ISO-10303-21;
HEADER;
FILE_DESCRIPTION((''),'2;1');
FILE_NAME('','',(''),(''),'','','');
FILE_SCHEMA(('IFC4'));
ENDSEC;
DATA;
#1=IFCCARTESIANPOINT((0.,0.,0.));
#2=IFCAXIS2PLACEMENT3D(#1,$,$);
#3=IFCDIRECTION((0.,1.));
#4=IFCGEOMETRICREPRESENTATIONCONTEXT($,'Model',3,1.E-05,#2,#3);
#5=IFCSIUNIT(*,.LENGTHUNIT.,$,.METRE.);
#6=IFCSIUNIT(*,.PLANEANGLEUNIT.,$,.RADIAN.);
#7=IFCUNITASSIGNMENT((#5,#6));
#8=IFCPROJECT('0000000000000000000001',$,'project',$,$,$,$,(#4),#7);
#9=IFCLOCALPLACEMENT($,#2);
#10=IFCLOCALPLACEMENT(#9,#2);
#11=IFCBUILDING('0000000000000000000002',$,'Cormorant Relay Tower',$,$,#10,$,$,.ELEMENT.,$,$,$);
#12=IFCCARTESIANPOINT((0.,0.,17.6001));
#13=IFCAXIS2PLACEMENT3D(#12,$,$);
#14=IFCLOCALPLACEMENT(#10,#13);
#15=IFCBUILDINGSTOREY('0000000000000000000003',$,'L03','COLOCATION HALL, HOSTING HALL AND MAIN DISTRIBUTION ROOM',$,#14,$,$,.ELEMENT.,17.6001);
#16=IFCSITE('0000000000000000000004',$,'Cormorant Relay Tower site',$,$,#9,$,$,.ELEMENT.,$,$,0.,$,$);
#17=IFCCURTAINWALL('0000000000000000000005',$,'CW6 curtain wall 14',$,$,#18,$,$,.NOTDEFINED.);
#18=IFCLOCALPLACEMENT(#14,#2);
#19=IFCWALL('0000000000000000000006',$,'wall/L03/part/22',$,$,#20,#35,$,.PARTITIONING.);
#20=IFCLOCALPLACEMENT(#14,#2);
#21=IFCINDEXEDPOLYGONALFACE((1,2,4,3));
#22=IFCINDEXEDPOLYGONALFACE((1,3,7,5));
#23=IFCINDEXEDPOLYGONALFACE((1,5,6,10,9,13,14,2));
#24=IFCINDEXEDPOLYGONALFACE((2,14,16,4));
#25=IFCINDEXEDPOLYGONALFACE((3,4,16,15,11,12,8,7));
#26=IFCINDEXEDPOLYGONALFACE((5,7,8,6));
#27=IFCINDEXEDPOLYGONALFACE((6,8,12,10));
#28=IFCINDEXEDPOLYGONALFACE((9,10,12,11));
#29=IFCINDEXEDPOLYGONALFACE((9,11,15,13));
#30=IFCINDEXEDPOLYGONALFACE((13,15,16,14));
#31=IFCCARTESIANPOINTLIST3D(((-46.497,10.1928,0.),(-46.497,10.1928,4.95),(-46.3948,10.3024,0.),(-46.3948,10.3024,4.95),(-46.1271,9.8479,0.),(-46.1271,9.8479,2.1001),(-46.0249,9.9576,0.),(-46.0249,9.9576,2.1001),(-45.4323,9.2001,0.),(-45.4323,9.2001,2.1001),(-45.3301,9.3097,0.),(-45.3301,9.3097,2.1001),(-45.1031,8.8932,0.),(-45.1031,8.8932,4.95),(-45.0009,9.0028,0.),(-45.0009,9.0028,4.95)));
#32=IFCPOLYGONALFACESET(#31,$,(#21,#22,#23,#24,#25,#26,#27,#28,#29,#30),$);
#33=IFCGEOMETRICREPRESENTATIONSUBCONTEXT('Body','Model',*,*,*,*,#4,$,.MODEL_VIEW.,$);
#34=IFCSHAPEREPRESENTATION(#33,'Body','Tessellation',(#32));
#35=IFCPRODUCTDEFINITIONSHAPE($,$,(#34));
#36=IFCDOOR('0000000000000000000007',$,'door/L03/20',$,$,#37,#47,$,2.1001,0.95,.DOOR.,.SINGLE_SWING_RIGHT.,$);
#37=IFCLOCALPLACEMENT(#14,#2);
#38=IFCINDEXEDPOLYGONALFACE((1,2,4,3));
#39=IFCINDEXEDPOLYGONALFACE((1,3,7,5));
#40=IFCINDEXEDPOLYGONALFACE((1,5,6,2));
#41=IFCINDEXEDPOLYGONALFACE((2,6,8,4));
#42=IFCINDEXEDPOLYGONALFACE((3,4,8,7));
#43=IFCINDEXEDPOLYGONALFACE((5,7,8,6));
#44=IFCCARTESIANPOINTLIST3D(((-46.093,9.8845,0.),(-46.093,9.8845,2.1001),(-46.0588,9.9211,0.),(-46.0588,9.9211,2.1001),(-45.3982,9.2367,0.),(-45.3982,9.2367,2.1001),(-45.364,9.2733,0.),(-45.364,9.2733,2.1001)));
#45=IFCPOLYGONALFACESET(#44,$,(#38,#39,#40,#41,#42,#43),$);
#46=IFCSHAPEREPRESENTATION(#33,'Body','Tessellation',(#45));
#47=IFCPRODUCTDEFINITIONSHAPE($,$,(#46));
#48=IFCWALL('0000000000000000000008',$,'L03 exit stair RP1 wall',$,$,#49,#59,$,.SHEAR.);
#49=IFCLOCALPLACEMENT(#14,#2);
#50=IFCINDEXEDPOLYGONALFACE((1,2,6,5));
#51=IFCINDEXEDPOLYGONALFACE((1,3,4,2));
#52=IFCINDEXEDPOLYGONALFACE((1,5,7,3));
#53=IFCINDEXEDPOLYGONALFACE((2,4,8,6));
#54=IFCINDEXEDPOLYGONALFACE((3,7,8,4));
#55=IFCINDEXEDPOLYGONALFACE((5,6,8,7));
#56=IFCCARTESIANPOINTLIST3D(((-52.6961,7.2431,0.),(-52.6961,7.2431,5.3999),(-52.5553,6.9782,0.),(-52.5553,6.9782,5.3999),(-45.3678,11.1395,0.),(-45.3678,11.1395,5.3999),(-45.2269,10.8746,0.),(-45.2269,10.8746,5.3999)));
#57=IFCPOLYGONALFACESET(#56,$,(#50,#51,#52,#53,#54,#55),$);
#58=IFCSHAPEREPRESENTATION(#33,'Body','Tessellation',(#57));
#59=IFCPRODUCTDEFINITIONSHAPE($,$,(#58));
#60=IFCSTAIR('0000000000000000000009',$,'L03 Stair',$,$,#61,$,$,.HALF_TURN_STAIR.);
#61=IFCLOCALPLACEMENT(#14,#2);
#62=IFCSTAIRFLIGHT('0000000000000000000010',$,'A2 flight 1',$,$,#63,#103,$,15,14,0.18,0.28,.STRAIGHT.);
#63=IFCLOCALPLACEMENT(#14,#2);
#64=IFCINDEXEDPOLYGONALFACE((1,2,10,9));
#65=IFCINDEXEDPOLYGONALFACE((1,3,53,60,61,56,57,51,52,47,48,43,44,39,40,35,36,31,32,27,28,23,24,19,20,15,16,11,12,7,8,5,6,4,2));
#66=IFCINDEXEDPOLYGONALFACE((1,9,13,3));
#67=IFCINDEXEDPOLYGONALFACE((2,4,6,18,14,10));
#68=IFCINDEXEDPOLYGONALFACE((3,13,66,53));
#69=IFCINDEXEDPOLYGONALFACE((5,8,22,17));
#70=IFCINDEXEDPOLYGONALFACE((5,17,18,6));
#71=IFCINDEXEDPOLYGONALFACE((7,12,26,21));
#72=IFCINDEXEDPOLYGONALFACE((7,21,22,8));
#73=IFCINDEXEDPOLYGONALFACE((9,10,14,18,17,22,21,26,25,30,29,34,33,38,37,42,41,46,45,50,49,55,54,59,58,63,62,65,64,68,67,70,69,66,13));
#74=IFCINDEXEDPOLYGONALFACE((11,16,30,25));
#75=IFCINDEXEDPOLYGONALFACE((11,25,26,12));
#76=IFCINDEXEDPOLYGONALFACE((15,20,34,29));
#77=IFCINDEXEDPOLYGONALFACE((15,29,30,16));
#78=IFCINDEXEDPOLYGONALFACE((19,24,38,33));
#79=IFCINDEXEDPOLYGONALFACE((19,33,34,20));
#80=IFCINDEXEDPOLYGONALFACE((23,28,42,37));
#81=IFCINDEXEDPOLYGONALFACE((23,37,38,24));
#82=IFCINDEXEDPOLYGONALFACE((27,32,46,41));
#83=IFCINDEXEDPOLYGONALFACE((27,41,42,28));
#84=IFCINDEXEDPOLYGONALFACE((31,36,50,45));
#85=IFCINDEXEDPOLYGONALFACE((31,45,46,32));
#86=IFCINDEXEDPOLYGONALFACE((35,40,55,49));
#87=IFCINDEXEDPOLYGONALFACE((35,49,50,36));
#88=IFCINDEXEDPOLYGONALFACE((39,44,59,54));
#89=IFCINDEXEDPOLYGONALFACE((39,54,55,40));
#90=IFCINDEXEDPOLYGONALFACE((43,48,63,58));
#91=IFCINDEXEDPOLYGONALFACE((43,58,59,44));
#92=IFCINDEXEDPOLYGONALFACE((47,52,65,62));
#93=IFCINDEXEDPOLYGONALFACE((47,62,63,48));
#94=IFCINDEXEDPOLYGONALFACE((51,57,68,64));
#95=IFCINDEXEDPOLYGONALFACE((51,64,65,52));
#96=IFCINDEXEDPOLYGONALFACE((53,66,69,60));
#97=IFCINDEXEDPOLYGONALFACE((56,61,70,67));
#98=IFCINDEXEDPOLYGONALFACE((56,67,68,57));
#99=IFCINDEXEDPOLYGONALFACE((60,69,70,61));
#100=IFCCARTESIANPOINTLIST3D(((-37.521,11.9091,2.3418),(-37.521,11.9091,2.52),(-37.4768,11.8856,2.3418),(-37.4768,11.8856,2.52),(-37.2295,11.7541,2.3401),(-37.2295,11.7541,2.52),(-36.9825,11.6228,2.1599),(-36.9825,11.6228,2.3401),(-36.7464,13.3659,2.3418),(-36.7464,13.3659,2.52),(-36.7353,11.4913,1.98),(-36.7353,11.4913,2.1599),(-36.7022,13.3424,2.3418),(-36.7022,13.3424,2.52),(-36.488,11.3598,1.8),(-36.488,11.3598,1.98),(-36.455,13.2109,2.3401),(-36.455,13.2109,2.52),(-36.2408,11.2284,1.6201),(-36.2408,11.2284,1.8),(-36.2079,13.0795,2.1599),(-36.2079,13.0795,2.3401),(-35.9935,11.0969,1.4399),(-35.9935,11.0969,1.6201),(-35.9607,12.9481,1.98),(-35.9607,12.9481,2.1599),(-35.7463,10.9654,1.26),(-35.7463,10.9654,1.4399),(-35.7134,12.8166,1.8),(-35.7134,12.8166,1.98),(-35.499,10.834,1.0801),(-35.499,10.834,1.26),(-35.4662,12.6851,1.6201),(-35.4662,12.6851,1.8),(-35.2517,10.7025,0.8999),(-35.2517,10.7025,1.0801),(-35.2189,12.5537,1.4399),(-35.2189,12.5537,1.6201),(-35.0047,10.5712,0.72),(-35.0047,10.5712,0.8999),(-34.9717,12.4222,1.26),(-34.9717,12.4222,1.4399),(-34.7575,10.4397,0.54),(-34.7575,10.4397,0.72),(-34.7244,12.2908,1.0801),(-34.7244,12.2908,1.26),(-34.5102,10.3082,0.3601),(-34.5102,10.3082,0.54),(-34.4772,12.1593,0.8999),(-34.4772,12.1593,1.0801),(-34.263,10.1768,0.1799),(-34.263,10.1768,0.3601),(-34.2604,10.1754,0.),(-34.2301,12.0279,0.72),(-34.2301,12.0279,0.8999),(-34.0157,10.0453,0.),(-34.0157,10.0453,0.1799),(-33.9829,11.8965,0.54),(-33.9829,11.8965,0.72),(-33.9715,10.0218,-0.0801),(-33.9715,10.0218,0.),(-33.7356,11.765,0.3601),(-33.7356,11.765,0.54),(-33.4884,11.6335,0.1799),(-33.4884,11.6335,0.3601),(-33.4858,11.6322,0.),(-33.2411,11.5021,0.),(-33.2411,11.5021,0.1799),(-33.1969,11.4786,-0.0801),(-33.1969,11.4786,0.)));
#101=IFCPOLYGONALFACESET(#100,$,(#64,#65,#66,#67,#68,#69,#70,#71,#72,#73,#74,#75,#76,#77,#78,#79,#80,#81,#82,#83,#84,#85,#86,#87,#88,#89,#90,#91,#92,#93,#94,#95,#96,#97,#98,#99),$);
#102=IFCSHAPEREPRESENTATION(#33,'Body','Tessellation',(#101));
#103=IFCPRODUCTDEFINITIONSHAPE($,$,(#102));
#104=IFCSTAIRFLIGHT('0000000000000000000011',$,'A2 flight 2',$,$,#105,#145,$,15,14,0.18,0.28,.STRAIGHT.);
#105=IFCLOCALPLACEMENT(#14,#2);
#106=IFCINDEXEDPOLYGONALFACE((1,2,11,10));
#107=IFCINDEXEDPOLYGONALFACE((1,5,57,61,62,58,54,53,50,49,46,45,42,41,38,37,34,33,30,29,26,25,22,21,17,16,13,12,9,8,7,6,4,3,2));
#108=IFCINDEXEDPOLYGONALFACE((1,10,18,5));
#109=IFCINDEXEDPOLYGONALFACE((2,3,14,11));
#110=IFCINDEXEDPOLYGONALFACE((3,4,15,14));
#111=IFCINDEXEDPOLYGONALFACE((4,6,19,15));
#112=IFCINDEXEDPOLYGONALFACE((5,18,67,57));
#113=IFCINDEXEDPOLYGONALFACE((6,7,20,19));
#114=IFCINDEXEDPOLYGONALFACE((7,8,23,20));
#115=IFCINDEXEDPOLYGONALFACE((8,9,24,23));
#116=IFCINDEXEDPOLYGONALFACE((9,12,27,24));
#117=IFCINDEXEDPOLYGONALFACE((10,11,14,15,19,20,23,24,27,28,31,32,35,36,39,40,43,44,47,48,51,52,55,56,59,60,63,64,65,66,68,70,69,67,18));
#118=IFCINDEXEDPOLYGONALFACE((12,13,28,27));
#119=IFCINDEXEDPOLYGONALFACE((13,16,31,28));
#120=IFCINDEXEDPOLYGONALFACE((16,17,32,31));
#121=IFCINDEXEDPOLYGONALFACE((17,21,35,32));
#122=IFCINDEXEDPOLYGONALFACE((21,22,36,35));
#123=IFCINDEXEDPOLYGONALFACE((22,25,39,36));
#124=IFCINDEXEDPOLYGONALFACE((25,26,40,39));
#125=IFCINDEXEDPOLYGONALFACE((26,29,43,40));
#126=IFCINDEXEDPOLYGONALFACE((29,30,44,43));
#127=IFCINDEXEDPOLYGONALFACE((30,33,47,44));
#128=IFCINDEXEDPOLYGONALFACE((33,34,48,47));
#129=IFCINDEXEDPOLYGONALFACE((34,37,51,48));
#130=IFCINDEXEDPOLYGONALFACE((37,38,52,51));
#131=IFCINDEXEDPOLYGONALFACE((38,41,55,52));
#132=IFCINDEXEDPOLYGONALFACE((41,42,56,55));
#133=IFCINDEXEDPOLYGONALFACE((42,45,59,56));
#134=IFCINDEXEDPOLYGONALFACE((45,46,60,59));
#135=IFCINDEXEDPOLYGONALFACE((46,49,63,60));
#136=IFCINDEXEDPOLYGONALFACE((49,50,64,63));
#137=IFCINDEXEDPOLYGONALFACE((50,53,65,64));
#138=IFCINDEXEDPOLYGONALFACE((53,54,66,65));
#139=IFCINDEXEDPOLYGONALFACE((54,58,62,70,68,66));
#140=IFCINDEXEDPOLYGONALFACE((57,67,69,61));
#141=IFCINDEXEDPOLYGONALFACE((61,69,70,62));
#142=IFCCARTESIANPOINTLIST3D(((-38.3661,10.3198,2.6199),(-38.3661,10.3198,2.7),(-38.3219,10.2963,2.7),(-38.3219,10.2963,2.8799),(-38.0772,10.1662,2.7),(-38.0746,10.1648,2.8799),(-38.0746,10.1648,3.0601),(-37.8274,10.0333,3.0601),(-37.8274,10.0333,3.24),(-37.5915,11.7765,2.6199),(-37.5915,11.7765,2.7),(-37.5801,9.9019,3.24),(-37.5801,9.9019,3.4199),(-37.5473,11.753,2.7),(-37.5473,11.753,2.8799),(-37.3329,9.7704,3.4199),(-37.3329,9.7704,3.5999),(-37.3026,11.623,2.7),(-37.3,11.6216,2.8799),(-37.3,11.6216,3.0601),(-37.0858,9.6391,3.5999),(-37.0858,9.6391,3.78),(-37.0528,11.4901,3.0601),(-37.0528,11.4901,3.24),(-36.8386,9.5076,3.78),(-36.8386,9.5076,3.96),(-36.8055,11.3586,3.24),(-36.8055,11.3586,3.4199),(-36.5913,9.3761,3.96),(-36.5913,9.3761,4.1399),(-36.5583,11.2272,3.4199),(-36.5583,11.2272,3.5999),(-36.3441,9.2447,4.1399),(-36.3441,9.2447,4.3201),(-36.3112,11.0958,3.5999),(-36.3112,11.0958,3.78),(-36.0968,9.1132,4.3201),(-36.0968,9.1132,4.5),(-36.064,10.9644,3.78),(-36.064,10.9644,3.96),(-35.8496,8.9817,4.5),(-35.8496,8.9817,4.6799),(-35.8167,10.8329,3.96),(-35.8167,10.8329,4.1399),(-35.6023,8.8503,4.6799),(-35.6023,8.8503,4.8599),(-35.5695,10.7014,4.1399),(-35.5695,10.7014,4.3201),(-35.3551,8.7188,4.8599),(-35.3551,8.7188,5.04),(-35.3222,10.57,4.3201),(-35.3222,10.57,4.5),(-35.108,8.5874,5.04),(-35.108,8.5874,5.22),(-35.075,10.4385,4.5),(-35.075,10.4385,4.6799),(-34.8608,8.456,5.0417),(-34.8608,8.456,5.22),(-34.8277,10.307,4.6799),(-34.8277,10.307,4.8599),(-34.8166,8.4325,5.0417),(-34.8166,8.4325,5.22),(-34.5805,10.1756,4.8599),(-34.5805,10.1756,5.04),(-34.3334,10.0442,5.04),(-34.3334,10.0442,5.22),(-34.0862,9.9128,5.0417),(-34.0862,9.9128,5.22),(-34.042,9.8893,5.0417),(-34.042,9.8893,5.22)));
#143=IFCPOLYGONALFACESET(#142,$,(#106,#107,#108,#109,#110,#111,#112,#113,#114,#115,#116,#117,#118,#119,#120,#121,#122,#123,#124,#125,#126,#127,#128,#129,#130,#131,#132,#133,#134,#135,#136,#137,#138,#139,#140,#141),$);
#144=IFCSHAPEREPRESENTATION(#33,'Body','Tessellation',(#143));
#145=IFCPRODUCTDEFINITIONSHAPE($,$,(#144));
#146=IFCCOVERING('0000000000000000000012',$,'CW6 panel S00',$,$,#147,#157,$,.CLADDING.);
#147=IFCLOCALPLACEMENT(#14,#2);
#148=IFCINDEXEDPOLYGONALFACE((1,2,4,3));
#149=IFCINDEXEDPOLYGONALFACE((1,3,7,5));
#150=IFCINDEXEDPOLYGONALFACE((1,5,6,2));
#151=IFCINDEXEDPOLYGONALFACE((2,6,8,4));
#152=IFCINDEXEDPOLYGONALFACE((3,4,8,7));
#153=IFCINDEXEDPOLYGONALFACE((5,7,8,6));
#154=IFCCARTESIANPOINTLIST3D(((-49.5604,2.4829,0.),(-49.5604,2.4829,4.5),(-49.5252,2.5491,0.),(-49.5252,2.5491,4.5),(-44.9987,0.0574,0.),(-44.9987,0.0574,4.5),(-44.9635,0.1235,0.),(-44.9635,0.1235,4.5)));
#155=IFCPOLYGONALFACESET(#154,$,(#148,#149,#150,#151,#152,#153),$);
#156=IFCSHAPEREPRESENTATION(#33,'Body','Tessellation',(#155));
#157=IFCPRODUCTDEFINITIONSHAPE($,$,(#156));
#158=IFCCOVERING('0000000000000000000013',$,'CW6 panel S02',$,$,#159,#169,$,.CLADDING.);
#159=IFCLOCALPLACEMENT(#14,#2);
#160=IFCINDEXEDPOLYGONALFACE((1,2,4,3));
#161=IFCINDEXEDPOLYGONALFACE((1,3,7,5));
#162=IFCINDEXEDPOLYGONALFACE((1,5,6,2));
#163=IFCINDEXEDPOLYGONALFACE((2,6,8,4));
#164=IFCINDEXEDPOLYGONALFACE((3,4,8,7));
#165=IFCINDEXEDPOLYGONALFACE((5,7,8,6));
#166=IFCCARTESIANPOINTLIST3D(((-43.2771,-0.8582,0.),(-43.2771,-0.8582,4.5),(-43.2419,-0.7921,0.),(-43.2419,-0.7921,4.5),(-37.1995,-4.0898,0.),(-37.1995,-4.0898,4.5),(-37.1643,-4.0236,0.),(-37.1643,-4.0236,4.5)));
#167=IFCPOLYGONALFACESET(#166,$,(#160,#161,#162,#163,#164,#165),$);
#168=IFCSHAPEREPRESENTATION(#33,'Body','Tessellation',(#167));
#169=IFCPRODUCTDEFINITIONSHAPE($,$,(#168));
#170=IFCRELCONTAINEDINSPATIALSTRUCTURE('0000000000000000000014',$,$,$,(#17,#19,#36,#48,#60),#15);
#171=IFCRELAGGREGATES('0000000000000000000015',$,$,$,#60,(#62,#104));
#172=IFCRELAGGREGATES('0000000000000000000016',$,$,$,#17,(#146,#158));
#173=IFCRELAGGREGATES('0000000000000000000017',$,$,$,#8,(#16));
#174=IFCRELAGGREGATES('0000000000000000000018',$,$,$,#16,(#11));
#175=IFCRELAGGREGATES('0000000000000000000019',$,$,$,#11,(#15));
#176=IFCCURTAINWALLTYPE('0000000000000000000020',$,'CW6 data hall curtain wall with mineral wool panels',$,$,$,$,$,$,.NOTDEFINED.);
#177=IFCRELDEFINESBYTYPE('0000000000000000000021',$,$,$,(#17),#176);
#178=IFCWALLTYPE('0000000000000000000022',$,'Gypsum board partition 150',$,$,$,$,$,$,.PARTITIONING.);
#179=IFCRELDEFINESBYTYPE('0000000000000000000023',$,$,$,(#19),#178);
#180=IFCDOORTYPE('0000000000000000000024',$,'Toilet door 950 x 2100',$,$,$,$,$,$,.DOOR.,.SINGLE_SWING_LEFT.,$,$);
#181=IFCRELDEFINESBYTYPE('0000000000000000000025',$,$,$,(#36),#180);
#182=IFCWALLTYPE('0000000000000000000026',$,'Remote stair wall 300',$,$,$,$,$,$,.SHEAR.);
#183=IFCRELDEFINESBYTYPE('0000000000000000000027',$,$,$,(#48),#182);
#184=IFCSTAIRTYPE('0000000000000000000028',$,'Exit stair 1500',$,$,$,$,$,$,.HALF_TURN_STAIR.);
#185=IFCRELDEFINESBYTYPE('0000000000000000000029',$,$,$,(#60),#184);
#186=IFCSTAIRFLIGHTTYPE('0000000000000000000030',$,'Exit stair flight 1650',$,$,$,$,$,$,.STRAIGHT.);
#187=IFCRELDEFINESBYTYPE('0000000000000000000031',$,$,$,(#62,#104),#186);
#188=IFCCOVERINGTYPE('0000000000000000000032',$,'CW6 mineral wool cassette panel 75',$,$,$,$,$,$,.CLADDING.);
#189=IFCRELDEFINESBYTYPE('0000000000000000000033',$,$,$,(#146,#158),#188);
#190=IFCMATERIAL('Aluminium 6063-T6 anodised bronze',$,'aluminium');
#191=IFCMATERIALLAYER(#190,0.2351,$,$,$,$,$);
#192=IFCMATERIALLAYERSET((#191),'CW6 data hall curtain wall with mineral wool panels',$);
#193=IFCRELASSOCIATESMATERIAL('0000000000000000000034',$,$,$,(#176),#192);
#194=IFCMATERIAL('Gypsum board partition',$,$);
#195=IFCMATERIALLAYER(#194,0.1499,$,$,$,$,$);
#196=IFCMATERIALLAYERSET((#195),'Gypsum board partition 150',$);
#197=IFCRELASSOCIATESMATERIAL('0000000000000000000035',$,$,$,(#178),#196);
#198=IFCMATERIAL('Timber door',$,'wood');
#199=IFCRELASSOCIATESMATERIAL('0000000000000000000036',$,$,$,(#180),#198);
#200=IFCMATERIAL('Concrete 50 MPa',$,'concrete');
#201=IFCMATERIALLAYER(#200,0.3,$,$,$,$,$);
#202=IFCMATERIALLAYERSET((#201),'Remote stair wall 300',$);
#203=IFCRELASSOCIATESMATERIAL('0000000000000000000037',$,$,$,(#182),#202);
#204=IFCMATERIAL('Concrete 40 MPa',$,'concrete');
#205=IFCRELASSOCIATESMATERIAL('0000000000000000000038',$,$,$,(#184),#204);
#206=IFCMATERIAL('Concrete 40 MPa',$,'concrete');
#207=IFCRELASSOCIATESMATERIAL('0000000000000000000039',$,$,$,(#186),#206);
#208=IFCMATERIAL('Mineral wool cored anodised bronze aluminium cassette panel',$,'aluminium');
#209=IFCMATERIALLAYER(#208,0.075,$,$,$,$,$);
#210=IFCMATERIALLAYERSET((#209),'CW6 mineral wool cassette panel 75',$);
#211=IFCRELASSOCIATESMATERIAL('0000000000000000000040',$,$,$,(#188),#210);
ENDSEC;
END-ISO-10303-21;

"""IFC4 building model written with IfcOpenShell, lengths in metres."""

from ifc_helpers import new_model, si_unit, direction, frame, frame_2d, origin, origin_2d, place, context, subcontext, project, spatial, polyline, rectangle, outline, extrude, material, layer, layer_set, type_object, element, fill, aggregate, save


model = new_model("IFC4")

# Units and contexts
model_context = context("Model", 3, precision=1e-05, world=origin(), true_north=direction((0.0, 1.0)))
body_context = subcontext(model_context, "Body", "Model", "MODEL_VIEW")
ifc_project = project(units=[si_unit("LENGTHUNIT", "METRE"), si_unit("PLANEANGLEUNIT", "RADIAN")], contexts=[model_context])

# Site, building, storey
site_placement = place(None, origin())
site = spatial("IfcSite", under=ifc_project, at=site_placement, Name="Cormorant Relay Tower site", CompositionType="ELEMENT", RefElevation=0.0)
building_placement = place(site_placement, origin())
building = spatial("IfcBuilding", under=site, at=building_placement, Name="Cormorant Relay Tower", CompositionType="ELEMENT")
storey_placement = place(building_placement, frame((0.0, 0.0, 17.6001)))
storey = spatial("IfcBuildingStorey", under=building, at=storey_placement, Name="L03", Description="COLOCATION HALL, HOSTING HALL AND MAIN DISTRIBUTION ROOM", CompositionType="ELEMENT", Elevation=17.6001)

# Curtain wall
ifc_material_1 = material(Name="Aluminium 6063-T6 anodised bronze", Category="aluminium")
ifc_layer_1 = layer(ifc_material_1, 0.2351)
ifc_layer_set_1 = layer_set([ifc_layer_1], Name="CW6 data hall curtain wall with mineral wool panels")
curtain_wall_type = type_object("IfcCurtainWallType", Name="CW6 data hall curtain wall with mineral wool panels", PredefinedType="NOTDEFINED", material=ifc_layer_set_1)
curtain_wall_placement = place(storey_placement, origin())
curtain_wall = element("IfcCurtainWall", 1, at=curtain_wall_placement, inside=storey, type_object=curtain_wall_type, Name="CW6 curtain wall 14", PredefinedType="NOTDEFINED")

# Shared definitions
ifc_material_2 = material(Name="Gypsum board partition")
ifc_layer_2 = layer(ifc_material_2, 0.1499)
ifc_layer_set_2 = layer_set([ifc_layer_2], Name="Gypsum board partition 150")
wall_type_1 = type_object("IfcWallType", Name="Gypsum board partition 150", PredefinedType="PARTITIONING", material=ifc_layer_set_2)

# Wall, opening, door
wall_1_placement = place(storey_placement, frame((-45.052, 8.948, 0.0), z_axis=(0.0, 0.0, 1.0), x_axis=(-0.7314, 0.681948, 0.0)))
wall_1 = element("IfcWall", 2, at=wall_1_placement, inside=storey, type_object=wall_type_1, Name="wall/L03/part/22", PredefinedType="PARTITIONING", context=body_context, shape_type="SweptSolid", body=[
    extrude(rectangle(XDim=1.9058, YDim=0.1499, at=frame_2d((0.9529, 0.0))), origin(), (0.0, 0.0, 1.0), 4.95),
])
opening_1_placement = place(wall_1_placement, frame((0.45, 0.0, 0.0)))
opening_1 = element("IfcOpeningElement", 3, at=opening_1_placement, cuts=wall_1, PredefinedType="OPENING", context=body_context, shape_type="SweptSolid", body=[
    extrude(rectangle(XDim=0.95, YDim=2.1001, at=frame_2d((0.4751, 1.05))), frame((0.0, 0.085, 0.0), z_axis=(0.0, -1.0, 0.0), x_axis=(1.0, 0.0, 0.0)), (0.0, 0.0, 1.0), 0.1699),
])
ifc_material_3 = material(Name="Timber door", Category="wood")
door_type_1 = type_object("IfcDoorType", Name="Toilet door 950 x 2100", OperationType="SINGLE_SWING_LEFT", PredefinedType="DOOR", material=ifc_material_3)
door_1_placement = place(opening_1_placement, origin())
door_1 = element("IfcDoor", 4, at=door_1_placement, inside=storey, type_object=door_type_1, Name="door/L03/20", OperationType="SINGLE_SWING_RIGHT", OverallHeight=2.1001, OverallWidth=0.95, PredefinedType="DOOR", context=body_context, shape_type="SweptSolid", body=[
    extrude(rectangle(XDim=0.95, YDim=2.1001, at=frame_2d((0.4751, 1.05))), frame((0.0, 0.0249, 0.0), z_axis=(0.0, -1.0, 0.0), x_axis=(1.0, 0.0, 0.0)), (0.0, 0.0, 1.0), 0.05),
])
fill(opening_1, door_1)

# Wall
ifc_material_4 = material(Name="Concrete 50 MPa", Category="concrete")
ifc_layer_3 = layer(ifc_material_4, 0.3)
ifc_layer_set_3 = layer_set([ifc_layer_3], Name="Remote stair wall 300")
wall_type_2 = type_object("IfcWallType", Name="Remote stair wall 300", PredefinedType="SHEAR", material=ifc_layer_set_3)
wall_2_placement = place(storey_placement, frame((-45.2974, 11.0071, 0.0), z_axis=(0.0, 0.0, 1.0), x_axis=(-0.882952, -0.469464, 0.0)))
element("IfcWall", 5, at=wall_2_placement, inside=storey, type_object=wall_type_2, Name="L03 exit stair RP1 wall", PredefinedType="SHEAR", context=body_context, shape_type="SweptSolid", body=[
    extrude(rectangle(XDim=8.2998, YDim=0.3, at=frame_2d((4.1499, 0.0))), origin(), (0.0, 0.0, 1.0), 5.3999),
])

# Stair, stair flights
ifc_material_5 = material(Name="Concrete 40 MPa", Category="concrete")
stair_type = type_object("IfcStairType", Name="Exit stair 1500", PredefinedType="HALF_TURN_STAIR", material=ifc_material_5)
stair_placement = place(storey_placement, origin())
stair = element("IfcStair", 6, at=stair_placement, inside=storey, type_object=stair_type, Name="L03 Stair", PredefinedType="HALF_TURN_STAIR")
ifc_material_6 = material(Name="Concrete 40 MPa", Category="concrete")
stair_flight_type = type_object("IfcStairFlightType", Name="Exit stair flight 1650", PredefinedType="STRAIGHT", material=ifc_material_6)
stair_flight_1_placement = place(storey_placement, frame((-33.6284, 10.7737, 0.0), z_axis=(0.0, 0.0, 1.0), x_axis=(-0.882948, 0.469472, 0.0)))
stair_flight_1 = element("IfcStairFlight", 7, at=stair_flight_1_placement, type_object=stair_flight_type, Name="A2 flight 1", NumberOfRisers=15, NumberOfTreads=14, PredefinedType="STRAIGHT", RiserHeight=0.18, TreadLength=0.28, context=body_context, shape_type="SweptSolid", body=[
    extrude(outline(polyline([(-0.05, -0.0801), (-0.05, 0.0), (0.0, 0.0), (0.0, 0.1799), (0.28, 0.1799), (0.28, 0.3601), (0.5601, 0.3601), (0.5601, 0.54), (0.8401, 0.54), (0.8401, 0.72), (1.1201, 0.72), (1.1201, 0.8999), (1.3999, 0.8999), (1.3999, 1.0801), (1.6799, 1.0801), (1.6799, 1.26), (1.96, 1.26), (1.96, 1.4399), (2.24, 1.4399), (2.24, 1.6201), (2.52, 1.6201), (2.52, 1.8), (2.8, 1.8), (2.8, 1.98), (3.0801, 1.98), (3.0801, 2.1599), (3.3601, 2.1599), (3.3601, 2.3401), (3.6399, 2.3401), (3.6399, 2.52), (3.9199, 2.52), (3.97, 2.52), (3.97, 2.3418), (3.9199, 2.3418), (0.2771, 0.0), (-0.05, -0.0801)])), frame((0.0, 0.825, 0.0), z_axis=(0.0, -1.0, 0.0), x_axis=(1.0, 0.0, 0.0)), (0.0, 0.0, 1.0), 1.6499),
])
stair_flight_2_placement = place(storey_placement, frame((-37.9346, 11.0247, 2.7), z_axis=(0.0, 0.0, 1.0), x_axis=(0.882948, -0.469472, 0.0)))
stair_flight_2 = element("IfcStairFlight", 8, at=stair_flight_2_placement, type_object=stair_flight_type, Name="A2 flight 2", NumberOfRisers=15, NumberOfTreads=14, PredefinedType="STRAIGHT", RiserHeight=0.18, TreadLength=0.28, context=body_context, shape_type="SweptSolid", body=[
    extrude(outline(polyline([(-0.05, -0.0801), (-0.05, 0.0), (0.0, 0.0), (0.0, 0.1799), (0.28, 0.1799), (0.28, 0.3601), (0.5601, 0.3601), (0.5601, 0.54), (0.8401, 0.54), (0.8401, 0.72), (1.1201, 0.72), (1.1201, 0.8999), (1.3999, 0.8999), (1.3999, 1.0801), (1.6799, 1.0801), (1.6799, 1.26), (1.96, 1.26), (1.96, 1.4399), (2.24, 1.4399), (2.24, 1.6201), (2.52, 1.6201), (2.52, 1.8), (2.8, 1.8), (2.8, 1.98), (3.0801, 1.98), (3.0801, 2.1599), (3.3601, 2.1599), (3.3601, 2.3401), (3.6399, 2.3401), (3.6399, 2.52), (3.9199, 2.52), (3.97, 2.52), (3.97, 2.3418), (3.9199, 2.3418), (0.2771, 0.0), (-0.05, -0.0801)])), frame((0.0, 0.825, 0.0), z_axis=(0.0, -1.0, 0.0), x_axis=(1.0, 0.0, 0.0)), (0.0, 0.0, 1.0), 1.6499),
])
aggregate(stair, [stair_flight_1, stair_flight_2])

# Coverings
ifc_material_7 = material(Name="Mineral wool cored anodised bronze aluminium cassette panel", Category="aluminium")
ifc_layer_4 = layer(ifc_material_7, 0.075)
ifc_layer_set_4 = layer_set([ifc_layer_4], Name="CW6 mineral wool cassette panel 75")
covering_type = type_object("IfcCoveringType", Name="CW6 mineral wool cassette panel 75", PredefinedType="CLADDING", material=ifc_layer_set_4)
covering_1_placement = place(storey_placement, frame((-47.262, 1.3032, 0.0), z_axis=(0.0, 0.0, 1.0), x_axis=(0.882948, -0.469472, 0.0)))
covering_1 = element("IfcCovering", 9, at=covering_1_placement, type_object=covering_type, Name="CW6 panel S00", PredefinedType="CLADDING", context=body_context, shape_type="SweptSolid", body=[
    extrude(rectangle(XDim=5.1665, YDim=0.075, at=origin_2d()), origin(), (0.0, 0.0, 1.0), 4.5),
])
covering_2_placement = place(storey_placement, frame((-40.2207, -2.4409, 0.0), z_axis=(0.0, 0.0, 1.0), x_axis=(0.882948, -0.469472, 0.0)))
covering_2 = element("IfcCovering", 10, at=covering_2_placement, type_object=covering_type, Name="CW6 panel S02", PredefinedType="CLADDING", context=body_context, shape_type="SweptSolid", body=[
    extrude(rectangle(XDim=6.8833, YDim=0.075, at=origin_2d()), origin(), (0.0, 0.0, 1.0), 4.5),
])
aggregate(curtain_wall, [covering_1, covering_2])

save(model, "model.ifc")
